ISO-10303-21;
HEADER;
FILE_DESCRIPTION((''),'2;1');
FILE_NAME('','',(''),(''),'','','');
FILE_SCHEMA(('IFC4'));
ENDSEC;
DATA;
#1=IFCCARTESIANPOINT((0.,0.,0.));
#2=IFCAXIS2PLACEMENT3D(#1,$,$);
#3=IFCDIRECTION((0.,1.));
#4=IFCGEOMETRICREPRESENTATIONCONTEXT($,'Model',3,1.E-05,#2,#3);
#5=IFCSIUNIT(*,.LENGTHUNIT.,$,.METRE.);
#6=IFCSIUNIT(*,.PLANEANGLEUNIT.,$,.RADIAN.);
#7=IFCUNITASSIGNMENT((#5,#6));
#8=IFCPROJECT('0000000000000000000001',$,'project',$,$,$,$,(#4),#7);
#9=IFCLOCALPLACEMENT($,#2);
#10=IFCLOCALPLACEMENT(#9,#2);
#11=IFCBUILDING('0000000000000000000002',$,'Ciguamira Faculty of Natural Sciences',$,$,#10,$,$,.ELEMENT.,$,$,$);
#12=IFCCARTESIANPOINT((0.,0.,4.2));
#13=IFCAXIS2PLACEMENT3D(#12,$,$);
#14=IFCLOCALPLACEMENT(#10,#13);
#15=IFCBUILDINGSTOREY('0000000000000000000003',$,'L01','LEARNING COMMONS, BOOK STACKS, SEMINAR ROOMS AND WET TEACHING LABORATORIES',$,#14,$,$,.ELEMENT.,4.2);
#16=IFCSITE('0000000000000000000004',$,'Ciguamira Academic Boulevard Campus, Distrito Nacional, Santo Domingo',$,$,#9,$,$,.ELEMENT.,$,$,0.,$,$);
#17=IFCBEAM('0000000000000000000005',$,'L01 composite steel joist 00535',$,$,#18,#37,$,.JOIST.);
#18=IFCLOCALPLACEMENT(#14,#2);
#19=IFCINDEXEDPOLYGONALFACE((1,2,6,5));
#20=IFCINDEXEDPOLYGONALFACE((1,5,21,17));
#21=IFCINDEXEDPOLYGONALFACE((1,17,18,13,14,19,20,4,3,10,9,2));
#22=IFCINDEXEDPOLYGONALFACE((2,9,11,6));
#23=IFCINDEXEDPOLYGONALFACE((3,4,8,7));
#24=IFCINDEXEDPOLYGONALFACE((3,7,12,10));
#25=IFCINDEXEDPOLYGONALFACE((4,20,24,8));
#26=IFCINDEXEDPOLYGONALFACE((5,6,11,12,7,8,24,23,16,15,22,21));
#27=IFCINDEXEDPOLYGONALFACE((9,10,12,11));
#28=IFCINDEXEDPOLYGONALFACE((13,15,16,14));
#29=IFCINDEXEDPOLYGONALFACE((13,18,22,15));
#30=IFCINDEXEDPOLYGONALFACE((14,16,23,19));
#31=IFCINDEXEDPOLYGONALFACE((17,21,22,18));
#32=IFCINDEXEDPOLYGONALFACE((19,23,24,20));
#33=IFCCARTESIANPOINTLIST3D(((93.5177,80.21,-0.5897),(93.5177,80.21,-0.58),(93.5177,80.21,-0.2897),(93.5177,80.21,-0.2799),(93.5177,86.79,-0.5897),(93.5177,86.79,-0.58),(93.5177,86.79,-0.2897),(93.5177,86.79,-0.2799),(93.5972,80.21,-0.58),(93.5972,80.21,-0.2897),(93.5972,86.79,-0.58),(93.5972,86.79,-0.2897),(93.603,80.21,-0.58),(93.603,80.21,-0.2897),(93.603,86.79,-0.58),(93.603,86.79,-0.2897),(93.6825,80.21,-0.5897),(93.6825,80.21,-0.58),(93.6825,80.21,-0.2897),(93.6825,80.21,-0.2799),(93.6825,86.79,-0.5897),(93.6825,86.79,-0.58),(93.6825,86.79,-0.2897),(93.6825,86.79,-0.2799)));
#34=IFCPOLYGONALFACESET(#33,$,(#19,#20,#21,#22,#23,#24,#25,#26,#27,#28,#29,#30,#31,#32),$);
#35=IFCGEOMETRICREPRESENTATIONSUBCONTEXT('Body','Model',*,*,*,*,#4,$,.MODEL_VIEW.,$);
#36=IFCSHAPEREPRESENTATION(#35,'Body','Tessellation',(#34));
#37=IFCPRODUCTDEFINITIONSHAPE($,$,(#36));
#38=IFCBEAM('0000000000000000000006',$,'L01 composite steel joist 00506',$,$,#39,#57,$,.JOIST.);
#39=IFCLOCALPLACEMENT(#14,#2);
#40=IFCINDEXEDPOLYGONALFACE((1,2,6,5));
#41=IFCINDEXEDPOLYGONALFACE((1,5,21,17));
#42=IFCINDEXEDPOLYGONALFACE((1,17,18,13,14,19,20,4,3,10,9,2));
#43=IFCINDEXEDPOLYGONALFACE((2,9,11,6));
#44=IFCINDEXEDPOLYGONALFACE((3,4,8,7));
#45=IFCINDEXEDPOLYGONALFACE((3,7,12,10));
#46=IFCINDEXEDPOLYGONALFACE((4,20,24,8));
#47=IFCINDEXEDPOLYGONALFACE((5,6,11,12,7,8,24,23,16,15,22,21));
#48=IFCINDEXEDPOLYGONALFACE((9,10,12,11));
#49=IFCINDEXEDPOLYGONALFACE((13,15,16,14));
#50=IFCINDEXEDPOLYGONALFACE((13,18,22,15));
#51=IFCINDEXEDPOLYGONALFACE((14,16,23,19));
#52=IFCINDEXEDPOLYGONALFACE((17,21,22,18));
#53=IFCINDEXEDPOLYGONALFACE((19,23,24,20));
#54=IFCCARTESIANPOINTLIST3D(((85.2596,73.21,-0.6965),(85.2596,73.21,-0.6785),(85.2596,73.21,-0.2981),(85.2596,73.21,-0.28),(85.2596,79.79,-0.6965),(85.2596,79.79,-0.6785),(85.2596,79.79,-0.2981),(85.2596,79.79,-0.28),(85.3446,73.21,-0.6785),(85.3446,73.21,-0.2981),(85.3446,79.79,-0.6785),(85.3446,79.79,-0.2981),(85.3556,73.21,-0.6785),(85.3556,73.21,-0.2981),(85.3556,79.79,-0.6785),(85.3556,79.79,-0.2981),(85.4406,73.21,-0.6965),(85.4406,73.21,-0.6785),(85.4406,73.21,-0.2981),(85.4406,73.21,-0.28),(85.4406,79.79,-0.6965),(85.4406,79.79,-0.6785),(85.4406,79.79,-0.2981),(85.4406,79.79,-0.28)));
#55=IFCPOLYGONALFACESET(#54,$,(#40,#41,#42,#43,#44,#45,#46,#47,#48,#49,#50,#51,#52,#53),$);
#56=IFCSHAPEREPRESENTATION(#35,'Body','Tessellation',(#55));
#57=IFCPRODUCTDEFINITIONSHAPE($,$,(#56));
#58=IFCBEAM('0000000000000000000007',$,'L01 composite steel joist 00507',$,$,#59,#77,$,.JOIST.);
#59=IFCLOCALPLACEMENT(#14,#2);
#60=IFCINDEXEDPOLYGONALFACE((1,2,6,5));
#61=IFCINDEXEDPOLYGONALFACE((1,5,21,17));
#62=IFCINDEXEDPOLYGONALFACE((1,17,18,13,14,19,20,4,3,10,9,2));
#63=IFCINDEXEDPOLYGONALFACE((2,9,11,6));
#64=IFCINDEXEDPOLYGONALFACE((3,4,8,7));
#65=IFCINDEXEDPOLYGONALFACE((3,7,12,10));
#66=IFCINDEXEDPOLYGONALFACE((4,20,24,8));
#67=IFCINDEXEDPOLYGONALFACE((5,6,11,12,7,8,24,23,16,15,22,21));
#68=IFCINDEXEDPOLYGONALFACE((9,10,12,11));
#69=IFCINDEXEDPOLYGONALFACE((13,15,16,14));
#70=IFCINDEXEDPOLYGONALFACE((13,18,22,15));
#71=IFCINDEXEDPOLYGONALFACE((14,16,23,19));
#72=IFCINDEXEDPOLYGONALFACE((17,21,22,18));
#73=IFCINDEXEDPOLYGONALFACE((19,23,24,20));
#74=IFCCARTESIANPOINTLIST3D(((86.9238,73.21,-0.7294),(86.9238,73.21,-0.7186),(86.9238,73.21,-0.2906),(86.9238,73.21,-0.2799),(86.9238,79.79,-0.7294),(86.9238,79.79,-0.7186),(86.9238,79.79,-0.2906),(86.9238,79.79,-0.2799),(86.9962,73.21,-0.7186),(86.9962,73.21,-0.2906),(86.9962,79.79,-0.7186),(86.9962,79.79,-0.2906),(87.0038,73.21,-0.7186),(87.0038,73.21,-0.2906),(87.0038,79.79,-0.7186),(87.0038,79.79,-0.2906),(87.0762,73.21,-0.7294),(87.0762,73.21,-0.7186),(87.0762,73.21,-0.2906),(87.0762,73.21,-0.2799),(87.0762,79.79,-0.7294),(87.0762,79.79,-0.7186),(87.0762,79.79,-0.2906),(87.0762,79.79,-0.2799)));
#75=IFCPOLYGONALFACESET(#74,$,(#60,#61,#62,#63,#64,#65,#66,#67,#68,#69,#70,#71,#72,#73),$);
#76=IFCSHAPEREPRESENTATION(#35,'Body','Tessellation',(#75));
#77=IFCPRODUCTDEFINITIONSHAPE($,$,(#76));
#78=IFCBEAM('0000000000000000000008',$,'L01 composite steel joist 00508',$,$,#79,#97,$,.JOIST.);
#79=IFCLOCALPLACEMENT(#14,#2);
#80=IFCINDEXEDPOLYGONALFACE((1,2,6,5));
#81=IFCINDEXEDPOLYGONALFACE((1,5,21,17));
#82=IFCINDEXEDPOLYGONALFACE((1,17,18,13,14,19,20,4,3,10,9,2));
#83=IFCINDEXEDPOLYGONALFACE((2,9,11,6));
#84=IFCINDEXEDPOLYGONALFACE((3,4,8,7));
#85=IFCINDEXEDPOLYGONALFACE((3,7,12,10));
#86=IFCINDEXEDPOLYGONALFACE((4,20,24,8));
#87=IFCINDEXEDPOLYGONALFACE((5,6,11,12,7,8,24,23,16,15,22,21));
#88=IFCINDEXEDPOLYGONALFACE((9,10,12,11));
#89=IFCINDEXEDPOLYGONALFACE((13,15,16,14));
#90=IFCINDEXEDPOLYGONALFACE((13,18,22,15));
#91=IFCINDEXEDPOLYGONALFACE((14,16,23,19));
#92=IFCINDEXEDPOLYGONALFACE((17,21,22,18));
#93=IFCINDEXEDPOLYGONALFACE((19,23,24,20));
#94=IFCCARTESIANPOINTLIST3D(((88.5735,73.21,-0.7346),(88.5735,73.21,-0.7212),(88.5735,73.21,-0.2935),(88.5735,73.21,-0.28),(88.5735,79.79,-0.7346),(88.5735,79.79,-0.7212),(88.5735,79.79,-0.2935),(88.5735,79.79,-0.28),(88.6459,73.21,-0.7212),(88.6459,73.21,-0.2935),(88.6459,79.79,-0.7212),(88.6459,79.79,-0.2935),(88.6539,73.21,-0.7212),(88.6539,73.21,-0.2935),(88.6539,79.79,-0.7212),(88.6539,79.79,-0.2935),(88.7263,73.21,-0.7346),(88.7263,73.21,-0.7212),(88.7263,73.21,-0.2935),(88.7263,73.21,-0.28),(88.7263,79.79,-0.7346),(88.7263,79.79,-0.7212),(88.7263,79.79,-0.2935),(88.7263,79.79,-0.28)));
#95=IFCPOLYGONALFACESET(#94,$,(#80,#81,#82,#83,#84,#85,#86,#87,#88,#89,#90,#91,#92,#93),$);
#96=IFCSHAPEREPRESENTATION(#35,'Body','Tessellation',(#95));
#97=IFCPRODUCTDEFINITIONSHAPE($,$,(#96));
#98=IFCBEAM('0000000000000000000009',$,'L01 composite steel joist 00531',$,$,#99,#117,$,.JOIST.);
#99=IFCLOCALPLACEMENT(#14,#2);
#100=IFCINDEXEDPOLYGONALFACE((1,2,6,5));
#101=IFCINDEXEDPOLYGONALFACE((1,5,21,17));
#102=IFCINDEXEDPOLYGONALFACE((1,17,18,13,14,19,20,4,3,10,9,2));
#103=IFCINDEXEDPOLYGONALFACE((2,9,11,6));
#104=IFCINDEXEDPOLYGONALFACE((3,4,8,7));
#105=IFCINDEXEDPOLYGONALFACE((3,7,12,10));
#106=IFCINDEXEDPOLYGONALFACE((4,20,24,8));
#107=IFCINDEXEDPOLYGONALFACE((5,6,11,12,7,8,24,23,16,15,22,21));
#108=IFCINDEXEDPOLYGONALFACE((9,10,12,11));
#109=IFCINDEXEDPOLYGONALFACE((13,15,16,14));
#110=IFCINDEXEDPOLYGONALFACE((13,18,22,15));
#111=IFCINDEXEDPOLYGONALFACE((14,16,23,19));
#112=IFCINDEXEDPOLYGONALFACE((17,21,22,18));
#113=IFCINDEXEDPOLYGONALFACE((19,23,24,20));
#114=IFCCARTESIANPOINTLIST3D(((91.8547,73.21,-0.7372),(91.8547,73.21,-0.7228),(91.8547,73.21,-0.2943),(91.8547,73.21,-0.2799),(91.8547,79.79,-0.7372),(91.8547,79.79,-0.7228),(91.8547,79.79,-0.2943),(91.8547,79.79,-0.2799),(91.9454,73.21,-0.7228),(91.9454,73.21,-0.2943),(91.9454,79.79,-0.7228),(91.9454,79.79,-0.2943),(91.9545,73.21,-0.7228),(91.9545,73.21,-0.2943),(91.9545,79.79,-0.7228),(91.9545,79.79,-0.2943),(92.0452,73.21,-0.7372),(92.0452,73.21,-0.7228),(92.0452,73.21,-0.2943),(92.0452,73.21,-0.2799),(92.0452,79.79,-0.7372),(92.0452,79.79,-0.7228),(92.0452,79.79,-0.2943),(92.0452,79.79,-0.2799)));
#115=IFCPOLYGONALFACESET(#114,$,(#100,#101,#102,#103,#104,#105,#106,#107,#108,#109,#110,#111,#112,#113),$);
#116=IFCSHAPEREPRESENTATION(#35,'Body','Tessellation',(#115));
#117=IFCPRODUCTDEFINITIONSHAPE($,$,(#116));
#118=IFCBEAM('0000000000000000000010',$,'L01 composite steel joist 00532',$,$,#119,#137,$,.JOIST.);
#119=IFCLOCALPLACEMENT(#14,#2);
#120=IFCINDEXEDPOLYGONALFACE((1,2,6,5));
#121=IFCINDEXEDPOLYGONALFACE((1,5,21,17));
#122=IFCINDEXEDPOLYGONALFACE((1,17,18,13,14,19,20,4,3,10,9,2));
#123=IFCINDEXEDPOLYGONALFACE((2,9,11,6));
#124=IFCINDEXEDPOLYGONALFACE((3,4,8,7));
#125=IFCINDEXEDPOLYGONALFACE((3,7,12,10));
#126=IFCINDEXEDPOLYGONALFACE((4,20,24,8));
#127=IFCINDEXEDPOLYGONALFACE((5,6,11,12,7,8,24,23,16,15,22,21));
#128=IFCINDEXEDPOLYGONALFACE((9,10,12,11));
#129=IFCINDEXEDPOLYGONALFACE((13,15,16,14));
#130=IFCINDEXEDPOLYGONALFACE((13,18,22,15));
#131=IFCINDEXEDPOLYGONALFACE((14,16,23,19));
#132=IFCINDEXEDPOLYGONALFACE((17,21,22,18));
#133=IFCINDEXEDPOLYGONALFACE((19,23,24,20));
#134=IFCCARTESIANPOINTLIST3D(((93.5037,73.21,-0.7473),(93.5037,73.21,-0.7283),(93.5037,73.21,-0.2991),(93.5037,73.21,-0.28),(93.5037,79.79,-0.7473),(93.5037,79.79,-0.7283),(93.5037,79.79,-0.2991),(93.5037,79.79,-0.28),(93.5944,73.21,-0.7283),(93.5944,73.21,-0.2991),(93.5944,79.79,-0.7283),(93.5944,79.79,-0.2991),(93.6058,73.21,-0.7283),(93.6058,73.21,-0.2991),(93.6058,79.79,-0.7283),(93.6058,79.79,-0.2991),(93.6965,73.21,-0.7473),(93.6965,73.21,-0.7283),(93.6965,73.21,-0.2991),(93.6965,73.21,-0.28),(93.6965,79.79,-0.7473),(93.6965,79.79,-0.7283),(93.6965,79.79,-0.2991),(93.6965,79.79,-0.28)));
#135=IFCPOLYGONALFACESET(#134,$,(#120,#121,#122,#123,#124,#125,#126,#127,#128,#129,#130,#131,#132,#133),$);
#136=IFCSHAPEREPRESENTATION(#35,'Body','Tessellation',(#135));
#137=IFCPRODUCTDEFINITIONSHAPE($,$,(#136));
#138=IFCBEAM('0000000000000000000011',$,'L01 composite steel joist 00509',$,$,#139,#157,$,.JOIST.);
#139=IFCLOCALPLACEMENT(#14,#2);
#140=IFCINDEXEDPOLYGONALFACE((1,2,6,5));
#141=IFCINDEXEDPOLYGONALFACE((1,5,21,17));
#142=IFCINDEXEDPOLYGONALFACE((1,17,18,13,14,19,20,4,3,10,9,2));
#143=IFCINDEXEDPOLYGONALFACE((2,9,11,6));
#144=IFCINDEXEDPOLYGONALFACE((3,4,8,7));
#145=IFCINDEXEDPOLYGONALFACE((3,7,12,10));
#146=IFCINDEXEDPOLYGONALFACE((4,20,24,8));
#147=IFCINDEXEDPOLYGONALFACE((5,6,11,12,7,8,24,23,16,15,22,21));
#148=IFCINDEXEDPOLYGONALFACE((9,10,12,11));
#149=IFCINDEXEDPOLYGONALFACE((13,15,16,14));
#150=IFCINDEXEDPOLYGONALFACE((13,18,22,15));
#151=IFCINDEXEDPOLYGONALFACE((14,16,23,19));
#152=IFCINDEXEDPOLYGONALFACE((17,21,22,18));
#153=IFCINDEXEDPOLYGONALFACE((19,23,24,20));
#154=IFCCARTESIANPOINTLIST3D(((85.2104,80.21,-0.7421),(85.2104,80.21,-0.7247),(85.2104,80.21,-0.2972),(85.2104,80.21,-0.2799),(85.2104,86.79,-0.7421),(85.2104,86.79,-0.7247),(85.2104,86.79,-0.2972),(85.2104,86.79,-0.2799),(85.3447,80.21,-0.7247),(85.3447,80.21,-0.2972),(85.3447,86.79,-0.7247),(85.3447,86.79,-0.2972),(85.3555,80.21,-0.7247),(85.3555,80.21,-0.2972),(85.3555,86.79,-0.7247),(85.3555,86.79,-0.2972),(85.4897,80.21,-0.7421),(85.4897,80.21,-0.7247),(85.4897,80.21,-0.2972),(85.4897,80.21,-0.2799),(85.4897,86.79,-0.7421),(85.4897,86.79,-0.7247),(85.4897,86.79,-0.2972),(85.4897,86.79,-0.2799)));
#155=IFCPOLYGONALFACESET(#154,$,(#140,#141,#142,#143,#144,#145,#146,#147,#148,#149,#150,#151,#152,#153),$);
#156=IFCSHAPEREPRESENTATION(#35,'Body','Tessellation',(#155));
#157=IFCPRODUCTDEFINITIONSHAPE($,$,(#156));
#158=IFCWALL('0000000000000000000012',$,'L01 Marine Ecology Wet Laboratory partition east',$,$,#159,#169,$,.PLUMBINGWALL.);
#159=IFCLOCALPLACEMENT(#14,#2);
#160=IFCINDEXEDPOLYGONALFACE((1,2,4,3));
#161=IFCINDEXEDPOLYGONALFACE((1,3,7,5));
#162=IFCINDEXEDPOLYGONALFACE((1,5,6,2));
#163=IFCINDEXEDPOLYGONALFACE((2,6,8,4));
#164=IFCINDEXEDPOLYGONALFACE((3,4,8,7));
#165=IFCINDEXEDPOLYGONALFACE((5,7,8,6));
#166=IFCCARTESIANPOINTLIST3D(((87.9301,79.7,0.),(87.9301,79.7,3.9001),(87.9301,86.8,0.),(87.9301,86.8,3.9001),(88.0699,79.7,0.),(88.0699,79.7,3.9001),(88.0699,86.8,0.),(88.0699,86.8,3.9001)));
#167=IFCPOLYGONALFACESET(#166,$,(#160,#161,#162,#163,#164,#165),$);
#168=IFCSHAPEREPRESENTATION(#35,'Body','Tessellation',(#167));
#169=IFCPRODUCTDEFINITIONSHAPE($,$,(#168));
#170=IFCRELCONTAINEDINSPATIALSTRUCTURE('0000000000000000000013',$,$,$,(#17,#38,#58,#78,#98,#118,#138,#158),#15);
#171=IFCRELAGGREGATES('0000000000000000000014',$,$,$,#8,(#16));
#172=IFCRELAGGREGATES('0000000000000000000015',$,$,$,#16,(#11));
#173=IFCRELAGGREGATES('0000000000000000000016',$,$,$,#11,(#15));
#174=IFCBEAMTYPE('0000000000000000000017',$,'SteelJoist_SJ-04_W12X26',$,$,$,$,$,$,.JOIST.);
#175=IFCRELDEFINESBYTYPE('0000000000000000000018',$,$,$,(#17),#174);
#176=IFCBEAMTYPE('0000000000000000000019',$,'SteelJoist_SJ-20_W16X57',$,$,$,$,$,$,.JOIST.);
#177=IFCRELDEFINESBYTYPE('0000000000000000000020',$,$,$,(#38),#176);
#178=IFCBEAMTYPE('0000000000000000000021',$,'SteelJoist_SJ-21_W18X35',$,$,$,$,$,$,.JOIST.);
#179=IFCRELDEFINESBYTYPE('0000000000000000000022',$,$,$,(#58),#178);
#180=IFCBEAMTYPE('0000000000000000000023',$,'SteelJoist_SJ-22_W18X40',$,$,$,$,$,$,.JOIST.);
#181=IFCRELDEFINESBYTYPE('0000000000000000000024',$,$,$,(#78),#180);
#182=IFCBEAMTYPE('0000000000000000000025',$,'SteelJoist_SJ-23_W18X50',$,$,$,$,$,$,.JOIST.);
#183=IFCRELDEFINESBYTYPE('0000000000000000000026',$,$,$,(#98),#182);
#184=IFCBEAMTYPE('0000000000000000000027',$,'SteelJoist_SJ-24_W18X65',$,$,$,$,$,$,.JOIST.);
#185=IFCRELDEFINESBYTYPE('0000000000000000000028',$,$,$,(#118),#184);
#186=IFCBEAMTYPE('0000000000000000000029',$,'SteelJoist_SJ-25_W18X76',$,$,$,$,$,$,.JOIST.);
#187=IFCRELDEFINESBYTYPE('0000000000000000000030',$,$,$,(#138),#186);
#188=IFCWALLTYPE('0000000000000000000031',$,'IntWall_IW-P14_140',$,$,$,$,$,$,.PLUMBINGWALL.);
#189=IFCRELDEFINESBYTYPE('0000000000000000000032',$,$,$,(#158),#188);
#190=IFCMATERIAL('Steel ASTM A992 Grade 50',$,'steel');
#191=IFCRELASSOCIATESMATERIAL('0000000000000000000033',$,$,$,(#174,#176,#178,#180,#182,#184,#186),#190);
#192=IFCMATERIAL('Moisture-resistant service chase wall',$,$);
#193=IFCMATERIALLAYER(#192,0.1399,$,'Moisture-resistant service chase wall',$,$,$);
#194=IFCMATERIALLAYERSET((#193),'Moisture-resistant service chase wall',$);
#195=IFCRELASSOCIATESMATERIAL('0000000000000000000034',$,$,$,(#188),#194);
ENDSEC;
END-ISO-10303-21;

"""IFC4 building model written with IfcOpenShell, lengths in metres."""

from ifc_helpers import new_model, si_unit, direction, frame, frame_2d, origin, origin_2d, place, context, subcontext, project, spatial, rectangle, i_section, extrude, material, layer, layer_set, material_profile, profile_set, type_object, element, save


model = new_model("IFC4")

# Units and contexts
model_context = context("Model", 3, precision=1e-05, world=origin(), true_north=direction((0.0, 1.0)))
body_context = subcontext(model_context, "Body", "Model", "MODEL_VIEW")
ifc_project = project(units=[si_unit("LENGTHUNIT", "METRE"), si_unit("PLANEANGLEUNIT", "RADIAN")], contexts=[model_context])

# Site, building, storey
site_placement = place(None, origin())
site = spatial("IfcSite", under=ifc_project, at=site_placement, Name="Ciguamira Academic Boulevard Campus, Distrito Nacional, Santo Domingo", CompositionType="ELEMENT", RefElevation=0.0)
building_placement = place(site_placement, origin())
building = spatial("IfcBuilding", under=site, at=building_placement, Name="Ciguamira Faculty of Natural Sciences", CompositionType="ELEMENT")
storey_placement = place(building_placement, frame((0.0, 0.0, 4.2)))
storey = spatial("IfcBuildingStorey", under=building, at=storey_placement, Name="L01", Description="LEARNING COMMONS, BOOK STACKS, SEMINAR ROOMS AND WET TEACHING LABORATORIES", CompositionType="ELEMENT", Elevation=4.2)

# Beams
ifc_material_1 = material(Name="Steel ASTM A992 Grade 50", Category="steel")
ifc_material_profile_1 = material_profile(ifc_material_1, i_section(OverallWidth=0.1648, OverallDepth=0.3098, WebThickness=0.0059, FlangeThickness=0.0098, at=origin_2d()), Name="W12X26")
ifc_profile_set_1 = profile_set([ifc_material_profile_1], Name="Steel ASTM A992 Grade 50")
beam_type_1 = type_object("IfcBeamType", Name="SteelJoist_SJ-04_W12X26", PredefinedType="JOIST", material=ifc_profile_set_1)
beam_1_placement = place(storey_placement, frame((93.6001, 80.21, -0.4348), z_axis=(0.0, 1.0, 0.0), x_axis=(-1.0, 0.0, 0.0)))
element("IfcBeam", 1, at=beam_1_placement, inside=storey, type_object=beam_type_1, Name="L01 composite steel joist 00535", PredefinedType="JOIST", context=body_context, shape_type="SweptSolid", body=[
    extrude(i_section(OverallWidth=0.1648, OverallDepth=0.3098, WebThickness=0.0059, FlangeThickness=0.0098, at=origin_2d()), origin(), (0.0, 0.0, 1.0), 6.5801),
])
ifc_material_profile_2 = material_profile(ifc_material_1, i_section(OverallWidth=0.1809, OverallDepth=0.4165, WebThickness=0.011, FlangeThickness=0.0181, at=origin_2d()), Name="W16X57")
ifc_profile_set_2 = profile_set([ifc_material_profile_2], Name="Steel ASTM A992 Grade 50")
beam_type_2 = type_object("IfcBeamType", Name="SteelJoist_SJ-20_W16X57", PredefinedType="JOIST", material=ifc_profile_set_2)
beam_2_placement = place(storey_placement, frame((85.3501, 73.21, -0.4883), z_axis=(0.0, 1.0, 0.0), x_axis=(-1.0, 0.0, 0.0)))
element("IfcBeam", 2, at=beam_2_placement, inside=storey, type_object=beam_type_2, Name="L01 composite steel joist 00506", PredefinedType="JOIST", context=body_context, shape_type="SweptSolid", body=[
    extrude(i_section(OverallWidth=0.1809, OverallDepth=0.4165, WebThickness=0.011, FlangeThickness=0.0181, at=origin_2d()), origin(), (0.0, 0.0, 1.0), 6.5801),
])
ifc_material_profile_3 = material_profile(ifc_material_1, i_section(OverallWidth=0.1523, OverallDepth=0.4495, WebThickness=0.0076, FlangeThickness=0.0107, at=origin_2d()), Name="W18X35")
ifc_profile_set_3 = profile_set([ifc_material_profile_3], Name="Steel ASTM A992 Grade 50")
beam_type_3 = type_object("IfcBeamType", Name="SteelJoist_SJ-21_W18X35", PredefinedType="JOIST", material=ifc_profile_set_3)
beam_3_placement = place(storey_placement, frame((87.0, 73.21, -0.5046), z_axis=(0.0, 1.0, 0.0), x_axis=(-1.0, 0.0, 0.0)))
element("IfcBeam", 3, at=beam_3_placement, inside=storey, type_object=beam_type_3, Name="L01 composite steel joist 00507", PredefinedType="JOIST", context=body_context, shape_type="SweptSolid", body=[
    extrude(i_section(OverallWidth=0.1523, OverallDepth=0.4495, WebThickness=0.0076, FlangeThickness=0.0107, at=origin_2d()), origin(), (0.0, 0.0, 1.0), 6.5801),
])
ifc_material_profile_4 = material_profile(ifc_material_1, i_section(OverallWidth=0.1528, OverallDepth=0.4546, WebThickness=0.0081, FlangeThickness=0.0134, at=origin_2d()), Name="W18X40")
ifc_profile_set_4 = profile_set([ifc_material_profile_4], Name="Steel ASTM A992 Grade 50")
beam_type_4 = type_object("IfcBeamType", Name="SteelJoist_SJ-22_W18X40", PredefinedType="JOIST", material=ifc_profile_set_4)
beam_4_placement = place(storey_placement, frame((88.6499, 73.21, -0.5073), z_axis=(0.0, 1.0, 0.0), x_axis=(-1.0, 0.0, 0.0)))
element("IfcBeam", 4, at=beam_4_placement, inside=storey, type_object=beam_type_4, Name="L01 composite steel joist 00508", PredefinedType="JOIST", context=body_context, shape_type="SweptSolid", body=[
    extrude(i_section(OverallWidth=0.1528, OverallDepth=0.4546, WebThickness=0.0081, FlangeThickness=0.0134, at=origin_2d()), origin(), (0.0, 0.0, 1.0), 6.5801),
])
ifc_material_profile_5 = material_profile(ifc_material_1, i_section(OverallWidth=0.1904, OverallDepth=0.4573, WebThickness=0.009, FlangeThickness=0.0144, at=origin_2d()), Name="W18X50")
ifc_profile_set_5 = profile_set([ifc_material_profile_5], Name="Steel ASTM A992 Grade 50")
beam_type_5 = type_object("IfcBeamType", Name="SteelJoist_SJ-23_W18X50", PredefinedType="JOIST", material=ifc_profile_set_5)
beam_5_placement = place(storey_placement, frame((91.95, 73.21, -0.5085), z_axis=(0.0, 1.0, 0.0), x_axis=(-1.0, 0.0, 0.0)))
element("IfcBeam", 5, at=beam_5_placement, inside=storey, type_object=beam_type_5, Name="L01 composite steel joist 00531", PredefinedType="JOIST", context=body_context, shape_type="SweptSolid", body=[
    extrude(i_section(OverallWidth=0.1904, OverallDepth=0.4573, WebThickness=0.009, FlangeThickness=0.0144, at=origin_2d()), origin(), (0.0, 0.0, 1.0), 6.5801),
])
ifc_material_profile_6 = material_profile(ifc_material_1, i_section(OverallWidth=0.1929, OverallDepth=0.4673, WebThickness=0.0115, FlangeThickness=0.019, at=origin_2d()), Name="W18X65")
ifc_profile_set_6 = profile_set([ifc_material_profile_6], Name="Steel ASTM A992 Grade 50")
beam_type_6 = type_object("IfcBeamType", Name="SteelJoist_SJ-24_W18X65", PredefinedType="JOIST", material=ifc_profile_set_6)
beam_6_placement = place(storey_placement, frame((93.6001, 73.21, -0.5137), z_axis=(0.0, 1.0, 0.0), x_axis=(-1.0, 0.0, 0.0)))
element("IfcBeam", 6, at=beam_6_placement, inside=storey, type_object=beam_type_6, Name="L01 composite steel joist 00532", PredefinedType="JOIST", context=body_context, shape_type="SweptSolid", body=[
    extrude(i_section(OverallWidth=0.1929, OverallDepth=0.4673, WebThickness=0.0115, FlangeThickness=0.019, at=origin_2d()), origin(), (0.0, 0.0, 1.0), 6.5801),
])
ifc_material_profile_7 = material_profile(ifc_material_1, i_section(OverallWidth=0.2793, OverallDepth=0.4622, WebThickness=0.0107, FlangeThickness=0.0173, at=origin_2d()), Name="W18X76")
ifc_profile_set_7 = profile_set([ifc_material_profile_7], Name="Steel ASTM A992 Grade 50")
beam_type_7 = type_object("IfcBeamType", Name="SteelJoist_SJ-25_W18X76", PredefinedType="JOIST", material=ifc_profile_set_7)
beam_7_placement = place(storey_placement, frame((85.3501, 80.21, -0.511), z_axis=(0.0, 1.0, 0.0), x_axis=(-1.0, 0.0, 0.0)))
element("IfcBeam", 7, at=beam_7_placement, inside=storey, type_object=beam_type_7, Name="L01 composite steel joist 00509", PredefinedType="JOIST", context=body_context, shape_type="SweptSolid", body=[
    extrude(i_section(OverallWidth=0.2793, OverallDepth=0.4622, WebThickness=0.0107, FlangeThickness=0.0173, at=origin_2d()), origin(), (0.0, 0.0, 1.0), 6.5801),
])

# Wall
ifc_material_2 = material(Name="Moisture-resistant service chase wall")
ifc_layer = layer(ifc_material_2, 0.1399, Name="Moisture-resistant service chase wall")
ifc_layer_set = layer_set([ifc_layer], Name="Moisture-resistant service chase wall")
wall_type = type_object("IfcWallType", Name="IntWall_IW-P14_140", PredefinedType="PLUMBINGWALL", material=ifc_layer_set)
wall_1_placement = place(storey_placement, frame((88.0, 79.7, 0.0), z_axis=(0.0, 0.0, 1.0), x_axis=(0.0, 1.0, 0.0)))
element("IfcWall", 8, at=wall_1_placement, inside=storey, type_object=wall_type, Name="L01 Marine Ecology Wet Laboratory partition east", PredefinedType="PLUMBINGWALL", context=body_context, shape_type="SweptSolid", body=[
    extrude(rectangle(XDim=7.1001, YDim=0.1399, at=frame_2d((3.55, 0.0))), origin(), (0.0, 0.0, 1.0), 3.9001),
])

save(model, "model.ifc")
